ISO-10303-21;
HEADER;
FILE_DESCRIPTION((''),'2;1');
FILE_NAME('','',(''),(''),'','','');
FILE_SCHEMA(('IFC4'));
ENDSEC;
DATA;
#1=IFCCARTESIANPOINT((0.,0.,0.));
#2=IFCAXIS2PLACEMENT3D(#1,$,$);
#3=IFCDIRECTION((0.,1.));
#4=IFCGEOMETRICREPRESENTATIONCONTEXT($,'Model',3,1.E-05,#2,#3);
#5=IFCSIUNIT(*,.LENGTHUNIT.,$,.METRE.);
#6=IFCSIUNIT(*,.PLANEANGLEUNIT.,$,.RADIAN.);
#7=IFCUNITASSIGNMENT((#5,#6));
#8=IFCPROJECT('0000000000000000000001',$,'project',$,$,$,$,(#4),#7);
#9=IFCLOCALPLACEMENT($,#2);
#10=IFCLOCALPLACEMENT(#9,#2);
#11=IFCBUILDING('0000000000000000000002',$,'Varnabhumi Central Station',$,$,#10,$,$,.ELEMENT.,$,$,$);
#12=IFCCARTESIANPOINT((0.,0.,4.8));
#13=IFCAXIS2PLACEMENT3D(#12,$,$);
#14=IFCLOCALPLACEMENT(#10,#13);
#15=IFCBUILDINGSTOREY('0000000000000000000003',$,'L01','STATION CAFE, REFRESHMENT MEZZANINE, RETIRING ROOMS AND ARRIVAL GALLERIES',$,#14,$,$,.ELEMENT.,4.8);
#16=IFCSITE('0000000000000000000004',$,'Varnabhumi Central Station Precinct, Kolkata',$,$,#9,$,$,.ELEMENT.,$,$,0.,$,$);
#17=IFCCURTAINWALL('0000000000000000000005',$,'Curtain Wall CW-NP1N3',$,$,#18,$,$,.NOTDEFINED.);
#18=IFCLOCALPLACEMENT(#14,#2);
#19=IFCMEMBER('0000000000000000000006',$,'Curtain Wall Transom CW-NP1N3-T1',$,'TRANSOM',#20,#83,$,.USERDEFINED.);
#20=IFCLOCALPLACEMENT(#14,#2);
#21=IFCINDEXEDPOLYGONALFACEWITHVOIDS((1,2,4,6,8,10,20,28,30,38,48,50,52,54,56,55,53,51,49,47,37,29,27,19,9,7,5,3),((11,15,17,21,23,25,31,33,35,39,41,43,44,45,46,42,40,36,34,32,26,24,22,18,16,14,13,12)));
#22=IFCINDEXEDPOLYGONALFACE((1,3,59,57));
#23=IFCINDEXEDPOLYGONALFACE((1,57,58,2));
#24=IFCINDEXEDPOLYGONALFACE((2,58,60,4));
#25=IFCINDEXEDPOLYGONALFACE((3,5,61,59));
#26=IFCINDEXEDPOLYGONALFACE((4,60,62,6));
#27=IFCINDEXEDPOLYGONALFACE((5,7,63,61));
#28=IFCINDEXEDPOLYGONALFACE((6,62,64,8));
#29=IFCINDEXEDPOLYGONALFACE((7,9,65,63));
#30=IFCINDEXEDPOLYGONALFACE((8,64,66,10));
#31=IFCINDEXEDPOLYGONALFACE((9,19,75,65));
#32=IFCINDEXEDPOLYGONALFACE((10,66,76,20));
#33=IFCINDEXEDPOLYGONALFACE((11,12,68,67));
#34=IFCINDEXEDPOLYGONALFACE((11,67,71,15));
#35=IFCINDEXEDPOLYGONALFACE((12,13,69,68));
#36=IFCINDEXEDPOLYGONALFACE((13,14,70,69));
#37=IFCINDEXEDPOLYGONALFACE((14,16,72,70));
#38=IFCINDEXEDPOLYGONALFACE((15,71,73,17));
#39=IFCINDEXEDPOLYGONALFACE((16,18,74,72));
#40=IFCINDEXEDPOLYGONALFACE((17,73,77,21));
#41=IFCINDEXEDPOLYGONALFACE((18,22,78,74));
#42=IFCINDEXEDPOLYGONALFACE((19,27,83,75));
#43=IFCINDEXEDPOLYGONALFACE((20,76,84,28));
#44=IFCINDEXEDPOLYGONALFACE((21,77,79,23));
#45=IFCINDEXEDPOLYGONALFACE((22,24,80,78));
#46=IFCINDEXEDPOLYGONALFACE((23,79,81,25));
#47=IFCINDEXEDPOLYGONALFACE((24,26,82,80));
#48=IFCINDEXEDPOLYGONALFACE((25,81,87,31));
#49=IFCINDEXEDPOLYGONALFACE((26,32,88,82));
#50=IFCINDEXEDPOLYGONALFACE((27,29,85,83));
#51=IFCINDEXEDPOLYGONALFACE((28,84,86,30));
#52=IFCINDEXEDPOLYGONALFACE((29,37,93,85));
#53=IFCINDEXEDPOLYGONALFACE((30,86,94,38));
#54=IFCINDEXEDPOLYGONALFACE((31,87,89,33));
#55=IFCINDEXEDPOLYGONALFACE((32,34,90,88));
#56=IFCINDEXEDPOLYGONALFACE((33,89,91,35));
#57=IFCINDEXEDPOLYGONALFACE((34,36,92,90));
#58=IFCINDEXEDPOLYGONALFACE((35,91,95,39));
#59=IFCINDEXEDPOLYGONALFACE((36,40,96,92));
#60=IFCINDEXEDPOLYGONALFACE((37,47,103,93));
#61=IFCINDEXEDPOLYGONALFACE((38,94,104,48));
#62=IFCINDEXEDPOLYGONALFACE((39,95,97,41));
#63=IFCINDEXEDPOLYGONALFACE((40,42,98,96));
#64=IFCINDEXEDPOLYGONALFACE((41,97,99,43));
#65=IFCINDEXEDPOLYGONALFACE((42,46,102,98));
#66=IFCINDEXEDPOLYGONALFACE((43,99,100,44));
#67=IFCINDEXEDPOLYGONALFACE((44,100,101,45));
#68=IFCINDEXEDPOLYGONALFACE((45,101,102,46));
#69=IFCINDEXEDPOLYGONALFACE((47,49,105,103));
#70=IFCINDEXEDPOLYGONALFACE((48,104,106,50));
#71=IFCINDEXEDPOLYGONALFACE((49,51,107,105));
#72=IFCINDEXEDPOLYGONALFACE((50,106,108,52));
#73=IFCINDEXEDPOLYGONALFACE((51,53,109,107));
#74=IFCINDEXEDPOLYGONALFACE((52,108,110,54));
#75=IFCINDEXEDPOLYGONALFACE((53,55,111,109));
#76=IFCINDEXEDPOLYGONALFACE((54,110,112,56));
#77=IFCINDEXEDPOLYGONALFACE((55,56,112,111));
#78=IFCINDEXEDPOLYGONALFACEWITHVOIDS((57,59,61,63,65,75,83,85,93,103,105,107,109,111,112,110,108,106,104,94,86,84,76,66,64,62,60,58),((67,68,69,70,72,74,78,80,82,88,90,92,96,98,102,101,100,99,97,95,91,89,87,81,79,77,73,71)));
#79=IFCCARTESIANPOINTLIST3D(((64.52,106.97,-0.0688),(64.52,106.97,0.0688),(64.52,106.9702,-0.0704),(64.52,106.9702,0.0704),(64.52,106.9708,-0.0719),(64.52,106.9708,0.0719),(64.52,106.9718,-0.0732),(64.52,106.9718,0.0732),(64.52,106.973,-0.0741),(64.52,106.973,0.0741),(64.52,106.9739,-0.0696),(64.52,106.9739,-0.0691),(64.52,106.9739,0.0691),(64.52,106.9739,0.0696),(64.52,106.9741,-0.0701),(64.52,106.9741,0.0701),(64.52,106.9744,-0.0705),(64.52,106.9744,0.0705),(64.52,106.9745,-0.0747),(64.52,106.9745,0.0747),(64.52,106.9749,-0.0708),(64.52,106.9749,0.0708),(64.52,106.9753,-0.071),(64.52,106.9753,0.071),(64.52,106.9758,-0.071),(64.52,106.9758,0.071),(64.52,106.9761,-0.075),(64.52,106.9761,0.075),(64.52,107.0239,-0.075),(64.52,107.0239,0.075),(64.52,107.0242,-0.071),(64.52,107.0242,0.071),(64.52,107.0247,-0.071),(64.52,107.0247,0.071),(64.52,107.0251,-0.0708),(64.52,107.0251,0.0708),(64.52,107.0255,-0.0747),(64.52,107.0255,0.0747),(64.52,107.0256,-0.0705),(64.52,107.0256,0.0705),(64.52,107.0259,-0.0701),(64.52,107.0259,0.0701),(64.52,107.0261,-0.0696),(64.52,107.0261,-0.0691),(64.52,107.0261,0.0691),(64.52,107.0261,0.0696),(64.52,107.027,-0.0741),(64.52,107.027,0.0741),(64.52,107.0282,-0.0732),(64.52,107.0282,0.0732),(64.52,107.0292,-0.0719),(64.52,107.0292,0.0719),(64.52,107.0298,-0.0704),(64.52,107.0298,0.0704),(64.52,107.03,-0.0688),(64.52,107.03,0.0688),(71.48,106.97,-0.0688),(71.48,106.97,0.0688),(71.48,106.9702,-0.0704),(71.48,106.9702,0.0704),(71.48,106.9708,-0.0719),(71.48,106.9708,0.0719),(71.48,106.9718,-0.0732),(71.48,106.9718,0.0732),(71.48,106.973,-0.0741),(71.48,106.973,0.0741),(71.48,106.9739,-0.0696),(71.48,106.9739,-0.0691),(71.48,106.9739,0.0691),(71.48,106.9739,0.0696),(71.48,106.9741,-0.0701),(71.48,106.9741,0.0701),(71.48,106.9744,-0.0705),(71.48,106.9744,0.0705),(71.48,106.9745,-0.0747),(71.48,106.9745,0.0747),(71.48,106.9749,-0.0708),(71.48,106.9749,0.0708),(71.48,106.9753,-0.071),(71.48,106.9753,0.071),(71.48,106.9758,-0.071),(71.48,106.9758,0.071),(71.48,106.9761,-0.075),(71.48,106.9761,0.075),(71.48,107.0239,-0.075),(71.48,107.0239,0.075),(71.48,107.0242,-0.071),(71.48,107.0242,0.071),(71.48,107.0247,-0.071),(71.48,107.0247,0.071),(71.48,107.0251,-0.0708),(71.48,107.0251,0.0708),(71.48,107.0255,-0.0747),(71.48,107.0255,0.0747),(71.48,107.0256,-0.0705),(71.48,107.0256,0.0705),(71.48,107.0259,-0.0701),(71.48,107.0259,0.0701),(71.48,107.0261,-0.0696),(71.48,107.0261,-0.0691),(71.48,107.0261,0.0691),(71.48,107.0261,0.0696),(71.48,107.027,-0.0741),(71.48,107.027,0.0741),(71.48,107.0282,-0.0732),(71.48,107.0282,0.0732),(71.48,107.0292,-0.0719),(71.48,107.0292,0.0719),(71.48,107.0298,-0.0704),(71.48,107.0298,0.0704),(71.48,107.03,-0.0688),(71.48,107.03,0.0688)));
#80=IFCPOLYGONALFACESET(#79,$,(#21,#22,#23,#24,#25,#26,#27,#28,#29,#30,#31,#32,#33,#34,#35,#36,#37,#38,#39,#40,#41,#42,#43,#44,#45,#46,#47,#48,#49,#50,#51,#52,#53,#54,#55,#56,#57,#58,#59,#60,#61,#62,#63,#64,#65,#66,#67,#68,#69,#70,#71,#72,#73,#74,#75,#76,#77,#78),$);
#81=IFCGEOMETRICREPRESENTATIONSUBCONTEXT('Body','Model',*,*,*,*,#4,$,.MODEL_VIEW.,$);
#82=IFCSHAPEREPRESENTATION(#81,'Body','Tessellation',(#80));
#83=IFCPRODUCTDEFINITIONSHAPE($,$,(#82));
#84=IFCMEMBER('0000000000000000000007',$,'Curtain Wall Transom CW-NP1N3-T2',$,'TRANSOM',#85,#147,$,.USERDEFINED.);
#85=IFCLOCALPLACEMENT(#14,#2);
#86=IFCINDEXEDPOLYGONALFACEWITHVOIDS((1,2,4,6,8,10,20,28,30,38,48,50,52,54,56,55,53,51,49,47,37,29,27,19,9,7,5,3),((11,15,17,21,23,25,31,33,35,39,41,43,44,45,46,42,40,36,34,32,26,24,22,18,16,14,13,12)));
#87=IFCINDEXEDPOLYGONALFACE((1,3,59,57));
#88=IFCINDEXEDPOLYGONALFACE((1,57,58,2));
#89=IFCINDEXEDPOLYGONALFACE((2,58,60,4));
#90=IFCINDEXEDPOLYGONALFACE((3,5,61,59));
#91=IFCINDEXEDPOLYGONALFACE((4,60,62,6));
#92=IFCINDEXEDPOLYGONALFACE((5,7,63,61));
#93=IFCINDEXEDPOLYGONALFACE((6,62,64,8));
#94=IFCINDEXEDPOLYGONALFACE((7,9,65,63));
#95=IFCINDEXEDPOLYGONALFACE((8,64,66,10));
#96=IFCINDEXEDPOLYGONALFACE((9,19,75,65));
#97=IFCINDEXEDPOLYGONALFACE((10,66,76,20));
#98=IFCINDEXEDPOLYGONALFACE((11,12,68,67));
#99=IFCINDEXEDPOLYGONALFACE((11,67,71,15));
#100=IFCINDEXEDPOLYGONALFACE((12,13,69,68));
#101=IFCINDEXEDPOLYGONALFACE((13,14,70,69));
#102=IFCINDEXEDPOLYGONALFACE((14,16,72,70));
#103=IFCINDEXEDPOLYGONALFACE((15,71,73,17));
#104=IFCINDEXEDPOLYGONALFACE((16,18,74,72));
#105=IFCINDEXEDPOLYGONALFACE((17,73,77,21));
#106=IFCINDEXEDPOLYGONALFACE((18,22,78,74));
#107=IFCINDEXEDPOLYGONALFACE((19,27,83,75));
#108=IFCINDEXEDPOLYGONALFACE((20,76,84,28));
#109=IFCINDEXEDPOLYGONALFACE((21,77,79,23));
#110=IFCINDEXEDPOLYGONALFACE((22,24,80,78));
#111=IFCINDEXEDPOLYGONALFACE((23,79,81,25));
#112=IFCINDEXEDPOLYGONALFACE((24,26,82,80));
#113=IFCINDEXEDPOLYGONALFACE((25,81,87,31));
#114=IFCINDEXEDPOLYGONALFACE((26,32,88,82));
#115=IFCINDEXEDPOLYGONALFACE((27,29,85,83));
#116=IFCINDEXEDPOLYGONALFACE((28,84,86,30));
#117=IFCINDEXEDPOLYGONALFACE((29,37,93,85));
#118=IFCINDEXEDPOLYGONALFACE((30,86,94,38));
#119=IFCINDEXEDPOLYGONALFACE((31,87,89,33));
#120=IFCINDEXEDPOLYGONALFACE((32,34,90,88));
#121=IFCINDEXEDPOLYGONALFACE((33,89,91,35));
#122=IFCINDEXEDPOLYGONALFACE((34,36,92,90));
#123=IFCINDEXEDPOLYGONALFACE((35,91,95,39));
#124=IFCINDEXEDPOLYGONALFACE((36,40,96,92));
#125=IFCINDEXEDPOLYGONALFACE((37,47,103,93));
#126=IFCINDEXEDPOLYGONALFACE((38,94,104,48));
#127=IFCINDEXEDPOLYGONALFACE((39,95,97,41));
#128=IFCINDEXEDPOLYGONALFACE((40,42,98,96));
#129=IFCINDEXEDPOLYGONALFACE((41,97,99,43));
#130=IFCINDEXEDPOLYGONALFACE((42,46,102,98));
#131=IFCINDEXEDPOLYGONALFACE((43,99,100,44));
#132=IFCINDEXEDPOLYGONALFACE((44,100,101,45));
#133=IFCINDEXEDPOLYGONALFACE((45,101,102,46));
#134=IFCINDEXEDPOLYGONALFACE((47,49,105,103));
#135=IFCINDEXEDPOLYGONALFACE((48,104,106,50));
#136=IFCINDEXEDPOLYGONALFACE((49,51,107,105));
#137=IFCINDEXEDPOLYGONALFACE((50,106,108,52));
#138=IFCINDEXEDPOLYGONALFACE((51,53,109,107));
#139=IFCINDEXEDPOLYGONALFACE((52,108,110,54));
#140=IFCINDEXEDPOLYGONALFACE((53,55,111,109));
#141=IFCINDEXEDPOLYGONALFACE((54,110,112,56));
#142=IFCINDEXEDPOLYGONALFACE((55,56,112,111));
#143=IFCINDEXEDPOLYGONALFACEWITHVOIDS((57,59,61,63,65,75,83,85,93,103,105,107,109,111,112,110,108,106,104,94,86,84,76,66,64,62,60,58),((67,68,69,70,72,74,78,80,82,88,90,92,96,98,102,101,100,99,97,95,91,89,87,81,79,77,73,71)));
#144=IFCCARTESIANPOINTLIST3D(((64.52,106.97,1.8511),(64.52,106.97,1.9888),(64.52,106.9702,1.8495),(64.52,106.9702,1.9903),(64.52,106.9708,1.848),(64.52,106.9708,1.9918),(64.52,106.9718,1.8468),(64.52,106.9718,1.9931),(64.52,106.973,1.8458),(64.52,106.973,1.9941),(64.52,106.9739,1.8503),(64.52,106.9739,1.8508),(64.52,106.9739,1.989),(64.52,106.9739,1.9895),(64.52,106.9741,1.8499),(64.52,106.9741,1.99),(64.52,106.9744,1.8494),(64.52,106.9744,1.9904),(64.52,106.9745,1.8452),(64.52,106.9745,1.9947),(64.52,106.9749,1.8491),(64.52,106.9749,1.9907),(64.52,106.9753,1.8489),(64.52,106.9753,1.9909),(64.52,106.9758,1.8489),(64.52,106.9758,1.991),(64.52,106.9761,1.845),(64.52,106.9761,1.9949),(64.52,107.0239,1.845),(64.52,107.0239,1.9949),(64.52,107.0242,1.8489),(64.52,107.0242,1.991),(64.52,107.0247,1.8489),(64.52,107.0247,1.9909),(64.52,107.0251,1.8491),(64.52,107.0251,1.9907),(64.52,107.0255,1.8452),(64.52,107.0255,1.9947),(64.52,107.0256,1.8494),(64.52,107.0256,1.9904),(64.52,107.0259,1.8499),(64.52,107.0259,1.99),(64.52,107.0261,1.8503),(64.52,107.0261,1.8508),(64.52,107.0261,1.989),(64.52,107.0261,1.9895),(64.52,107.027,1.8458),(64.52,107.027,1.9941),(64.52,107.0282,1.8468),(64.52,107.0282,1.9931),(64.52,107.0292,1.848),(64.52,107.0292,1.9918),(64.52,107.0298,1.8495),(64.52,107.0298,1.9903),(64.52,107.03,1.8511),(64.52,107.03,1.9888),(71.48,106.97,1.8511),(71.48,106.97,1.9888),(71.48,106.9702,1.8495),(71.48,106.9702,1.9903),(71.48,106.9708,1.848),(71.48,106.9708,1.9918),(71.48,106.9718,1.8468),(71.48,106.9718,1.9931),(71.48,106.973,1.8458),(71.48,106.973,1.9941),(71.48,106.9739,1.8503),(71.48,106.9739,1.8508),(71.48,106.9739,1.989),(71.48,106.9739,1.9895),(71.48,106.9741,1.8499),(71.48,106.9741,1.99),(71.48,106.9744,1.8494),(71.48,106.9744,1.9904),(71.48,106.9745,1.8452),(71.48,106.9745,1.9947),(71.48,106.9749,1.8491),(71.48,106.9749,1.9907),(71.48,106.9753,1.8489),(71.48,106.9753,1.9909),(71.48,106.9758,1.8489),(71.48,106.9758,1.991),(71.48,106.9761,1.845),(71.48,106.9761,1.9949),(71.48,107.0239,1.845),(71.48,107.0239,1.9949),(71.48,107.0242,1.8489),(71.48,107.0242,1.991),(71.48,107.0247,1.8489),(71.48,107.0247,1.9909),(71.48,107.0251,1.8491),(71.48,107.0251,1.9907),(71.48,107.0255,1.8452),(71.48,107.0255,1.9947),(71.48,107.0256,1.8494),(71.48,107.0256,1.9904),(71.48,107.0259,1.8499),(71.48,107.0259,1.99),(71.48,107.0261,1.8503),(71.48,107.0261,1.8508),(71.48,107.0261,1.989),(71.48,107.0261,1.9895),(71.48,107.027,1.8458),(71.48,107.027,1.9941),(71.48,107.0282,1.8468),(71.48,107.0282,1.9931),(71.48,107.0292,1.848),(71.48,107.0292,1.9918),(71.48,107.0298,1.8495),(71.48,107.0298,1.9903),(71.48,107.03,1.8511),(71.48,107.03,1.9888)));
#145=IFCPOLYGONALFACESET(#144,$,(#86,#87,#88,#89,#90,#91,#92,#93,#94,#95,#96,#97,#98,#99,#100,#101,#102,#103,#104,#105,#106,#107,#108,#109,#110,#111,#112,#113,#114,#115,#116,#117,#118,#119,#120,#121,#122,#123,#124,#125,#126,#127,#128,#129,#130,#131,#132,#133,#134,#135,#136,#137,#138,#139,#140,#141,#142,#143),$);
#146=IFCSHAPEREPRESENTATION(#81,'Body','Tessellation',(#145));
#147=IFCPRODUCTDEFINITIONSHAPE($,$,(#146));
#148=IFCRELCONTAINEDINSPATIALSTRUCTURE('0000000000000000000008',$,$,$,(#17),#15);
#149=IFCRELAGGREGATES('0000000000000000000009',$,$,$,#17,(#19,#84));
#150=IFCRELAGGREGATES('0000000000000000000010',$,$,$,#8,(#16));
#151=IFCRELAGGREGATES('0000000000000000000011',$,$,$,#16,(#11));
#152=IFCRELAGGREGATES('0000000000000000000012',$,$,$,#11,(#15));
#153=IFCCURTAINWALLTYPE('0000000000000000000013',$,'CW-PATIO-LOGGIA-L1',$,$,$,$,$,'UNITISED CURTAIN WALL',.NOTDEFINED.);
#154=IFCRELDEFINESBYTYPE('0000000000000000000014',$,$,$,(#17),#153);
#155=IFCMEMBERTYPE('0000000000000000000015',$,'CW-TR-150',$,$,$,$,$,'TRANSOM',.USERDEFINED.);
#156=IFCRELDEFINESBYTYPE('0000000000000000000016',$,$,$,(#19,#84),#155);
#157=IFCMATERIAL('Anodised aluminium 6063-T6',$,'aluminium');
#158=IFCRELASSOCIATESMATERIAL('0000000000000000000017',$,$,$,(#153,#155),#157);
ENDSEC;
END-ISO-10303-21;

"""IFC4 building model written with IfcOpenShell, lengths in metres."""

from ifc_helpers import new_model, si_unit, direction, frame, origin, origin_2d, place, context, subcontext, project, spatial, hollow_rectangle, extrude, material, material_profile, profile_set, type_object, element, aggregate, save


model = new_model("IFC4")

# Units and contexts
model_context = context("Model", 3, precision=1e-05, world=origin(), true_north=direction((0.0, 1.0)))
body_context = subcontext(model_context, "Body", "Model", "MODEL_VIEW")
ifc_project = project(units=[si_unit("LENGTHUNIT", "METRE"), si_unit("PLANEANGLEUNIT", "RADIAN")], contexts=[model_context])

# Site, building, storey
site_placement = place(None, origin())
site = spatial("IfcSite", under=ifc_project, at=site_placement, Name="Varnabhumi Central Station Precinct, Kolkata", CompositionType="ELEMENT", RefElevation=0.0)
building_placement = place(site_placement, origin())
building = spatial("IfcBuilding", under=site, at=building_placement, Name="Varnabhumi Central Station", CompositionType="ELEMENT")
storey_placement = place(building_placement, frame((0.0, 0.0, 4.8)))
storey = spatial("IfcBuildingStorey", under=building, at=storey_placement, Name="L01", Description="STATION CAFE, REFRESHMENT MEZZANINE, RETIRING ROOMS AND ARRIVAL GALLERIES", CompositionType="ELEMENT", Elevation=4.8)

# Curtain wall, members
ifc_material_1 = material(Name="Anodised aluminium 6063-T6", Category="aluminium")
curtain_wall_type = type_object("IfcCurtainWallType", Name="CW-PATIO-LOGGIA-L1", ElementType="UNITISED CURTAIN WALL", PredefinedType="NOTDEFINED", material=ifc_material_1)
curtain_wall_1_placement = place(storey_placement, origin())
curtain_wall_1 = element("IfcCurtainWall", 1, at=curtain_wall_1_placement, inside=storey, type_object=curtain_wall_type, Name="Curtain Wall CW-NP1N3", PredefinedType="NOTDEFINED")
ifc_material_profile_1 = material_profile(ifc_material_1, hollow_rectangle(XDim=0.0601, YDim=0.1499, WallThickness=0.0039, InnerFilletRadius=0.002, OuterFilletRadius=0.0061, at=origin_2d()), Name="Anodised aluminium 6063-T6", Category="aluminium")
ifc_profile_set_1 = profile_set([ifc_material_profile_1], Name="Anodised aluminium 6063-T6")
member_type_1 = type_object("IfcMemberType", Name="CW-TR-150", ElementType="TRANSOM", PredefinedType="USERDEFINED", material=ifc_profile_set_1)
member_1_placement = place(storey_placement, frame((64.52, 107.0, 0.0), z_axis=(1.0, 0.0, 0.0), x_axis=(0.0, 1.0, 0.0)))
member_1 = element("IfcMember", 2, at=member_1_placement, type_object=member_type_1, Name="Curtain Wall Transom CW-NP1N3-T1", ObjectType="TRANSOM", PredefinedType="USERDEFINED", context=body_context, shape_type="SweptSolid", body=[
    extrude(hollow_rectangle(XDim=0.0601, YDim=0.1499, WallThickness=0.0039, InnerFilletRadius=0.002, OuterFilletRadius=0.0061, at=origin_2d()), origin(), (0.0, 0.0, 1.0), 6.96),
])
member_2_placement = place(storey_placement, frame((64.52, 107.0, 1.9199), z_axis=(1.0, 0.0, 0.0), x_axis=(0.0, 1.0, 0.0)))
member_2 = element("IfcMember", 3, at=member_2_placement, type_object=member_type_1, Name="Curtain Wall Transom CW-NP1N3-T2", ObjectType="TRANSOM", PredefinedType="USERDEFINED", context=body_context, shape_type="SweptSolid", body=[
    extrude(hollow_rectangle(XDim=0.0601, YDim=0.1499, WallThickness=0.0039, InnerFilletRadius=0.002, OuterFilletRadius=0.0061, at=origin_2d()), origin(), (0.0, 0.0, 1.0), 6.96),
])
aggregate(curtain_wall_1, [member_1, member_2])

save(model, "model.ifc")
